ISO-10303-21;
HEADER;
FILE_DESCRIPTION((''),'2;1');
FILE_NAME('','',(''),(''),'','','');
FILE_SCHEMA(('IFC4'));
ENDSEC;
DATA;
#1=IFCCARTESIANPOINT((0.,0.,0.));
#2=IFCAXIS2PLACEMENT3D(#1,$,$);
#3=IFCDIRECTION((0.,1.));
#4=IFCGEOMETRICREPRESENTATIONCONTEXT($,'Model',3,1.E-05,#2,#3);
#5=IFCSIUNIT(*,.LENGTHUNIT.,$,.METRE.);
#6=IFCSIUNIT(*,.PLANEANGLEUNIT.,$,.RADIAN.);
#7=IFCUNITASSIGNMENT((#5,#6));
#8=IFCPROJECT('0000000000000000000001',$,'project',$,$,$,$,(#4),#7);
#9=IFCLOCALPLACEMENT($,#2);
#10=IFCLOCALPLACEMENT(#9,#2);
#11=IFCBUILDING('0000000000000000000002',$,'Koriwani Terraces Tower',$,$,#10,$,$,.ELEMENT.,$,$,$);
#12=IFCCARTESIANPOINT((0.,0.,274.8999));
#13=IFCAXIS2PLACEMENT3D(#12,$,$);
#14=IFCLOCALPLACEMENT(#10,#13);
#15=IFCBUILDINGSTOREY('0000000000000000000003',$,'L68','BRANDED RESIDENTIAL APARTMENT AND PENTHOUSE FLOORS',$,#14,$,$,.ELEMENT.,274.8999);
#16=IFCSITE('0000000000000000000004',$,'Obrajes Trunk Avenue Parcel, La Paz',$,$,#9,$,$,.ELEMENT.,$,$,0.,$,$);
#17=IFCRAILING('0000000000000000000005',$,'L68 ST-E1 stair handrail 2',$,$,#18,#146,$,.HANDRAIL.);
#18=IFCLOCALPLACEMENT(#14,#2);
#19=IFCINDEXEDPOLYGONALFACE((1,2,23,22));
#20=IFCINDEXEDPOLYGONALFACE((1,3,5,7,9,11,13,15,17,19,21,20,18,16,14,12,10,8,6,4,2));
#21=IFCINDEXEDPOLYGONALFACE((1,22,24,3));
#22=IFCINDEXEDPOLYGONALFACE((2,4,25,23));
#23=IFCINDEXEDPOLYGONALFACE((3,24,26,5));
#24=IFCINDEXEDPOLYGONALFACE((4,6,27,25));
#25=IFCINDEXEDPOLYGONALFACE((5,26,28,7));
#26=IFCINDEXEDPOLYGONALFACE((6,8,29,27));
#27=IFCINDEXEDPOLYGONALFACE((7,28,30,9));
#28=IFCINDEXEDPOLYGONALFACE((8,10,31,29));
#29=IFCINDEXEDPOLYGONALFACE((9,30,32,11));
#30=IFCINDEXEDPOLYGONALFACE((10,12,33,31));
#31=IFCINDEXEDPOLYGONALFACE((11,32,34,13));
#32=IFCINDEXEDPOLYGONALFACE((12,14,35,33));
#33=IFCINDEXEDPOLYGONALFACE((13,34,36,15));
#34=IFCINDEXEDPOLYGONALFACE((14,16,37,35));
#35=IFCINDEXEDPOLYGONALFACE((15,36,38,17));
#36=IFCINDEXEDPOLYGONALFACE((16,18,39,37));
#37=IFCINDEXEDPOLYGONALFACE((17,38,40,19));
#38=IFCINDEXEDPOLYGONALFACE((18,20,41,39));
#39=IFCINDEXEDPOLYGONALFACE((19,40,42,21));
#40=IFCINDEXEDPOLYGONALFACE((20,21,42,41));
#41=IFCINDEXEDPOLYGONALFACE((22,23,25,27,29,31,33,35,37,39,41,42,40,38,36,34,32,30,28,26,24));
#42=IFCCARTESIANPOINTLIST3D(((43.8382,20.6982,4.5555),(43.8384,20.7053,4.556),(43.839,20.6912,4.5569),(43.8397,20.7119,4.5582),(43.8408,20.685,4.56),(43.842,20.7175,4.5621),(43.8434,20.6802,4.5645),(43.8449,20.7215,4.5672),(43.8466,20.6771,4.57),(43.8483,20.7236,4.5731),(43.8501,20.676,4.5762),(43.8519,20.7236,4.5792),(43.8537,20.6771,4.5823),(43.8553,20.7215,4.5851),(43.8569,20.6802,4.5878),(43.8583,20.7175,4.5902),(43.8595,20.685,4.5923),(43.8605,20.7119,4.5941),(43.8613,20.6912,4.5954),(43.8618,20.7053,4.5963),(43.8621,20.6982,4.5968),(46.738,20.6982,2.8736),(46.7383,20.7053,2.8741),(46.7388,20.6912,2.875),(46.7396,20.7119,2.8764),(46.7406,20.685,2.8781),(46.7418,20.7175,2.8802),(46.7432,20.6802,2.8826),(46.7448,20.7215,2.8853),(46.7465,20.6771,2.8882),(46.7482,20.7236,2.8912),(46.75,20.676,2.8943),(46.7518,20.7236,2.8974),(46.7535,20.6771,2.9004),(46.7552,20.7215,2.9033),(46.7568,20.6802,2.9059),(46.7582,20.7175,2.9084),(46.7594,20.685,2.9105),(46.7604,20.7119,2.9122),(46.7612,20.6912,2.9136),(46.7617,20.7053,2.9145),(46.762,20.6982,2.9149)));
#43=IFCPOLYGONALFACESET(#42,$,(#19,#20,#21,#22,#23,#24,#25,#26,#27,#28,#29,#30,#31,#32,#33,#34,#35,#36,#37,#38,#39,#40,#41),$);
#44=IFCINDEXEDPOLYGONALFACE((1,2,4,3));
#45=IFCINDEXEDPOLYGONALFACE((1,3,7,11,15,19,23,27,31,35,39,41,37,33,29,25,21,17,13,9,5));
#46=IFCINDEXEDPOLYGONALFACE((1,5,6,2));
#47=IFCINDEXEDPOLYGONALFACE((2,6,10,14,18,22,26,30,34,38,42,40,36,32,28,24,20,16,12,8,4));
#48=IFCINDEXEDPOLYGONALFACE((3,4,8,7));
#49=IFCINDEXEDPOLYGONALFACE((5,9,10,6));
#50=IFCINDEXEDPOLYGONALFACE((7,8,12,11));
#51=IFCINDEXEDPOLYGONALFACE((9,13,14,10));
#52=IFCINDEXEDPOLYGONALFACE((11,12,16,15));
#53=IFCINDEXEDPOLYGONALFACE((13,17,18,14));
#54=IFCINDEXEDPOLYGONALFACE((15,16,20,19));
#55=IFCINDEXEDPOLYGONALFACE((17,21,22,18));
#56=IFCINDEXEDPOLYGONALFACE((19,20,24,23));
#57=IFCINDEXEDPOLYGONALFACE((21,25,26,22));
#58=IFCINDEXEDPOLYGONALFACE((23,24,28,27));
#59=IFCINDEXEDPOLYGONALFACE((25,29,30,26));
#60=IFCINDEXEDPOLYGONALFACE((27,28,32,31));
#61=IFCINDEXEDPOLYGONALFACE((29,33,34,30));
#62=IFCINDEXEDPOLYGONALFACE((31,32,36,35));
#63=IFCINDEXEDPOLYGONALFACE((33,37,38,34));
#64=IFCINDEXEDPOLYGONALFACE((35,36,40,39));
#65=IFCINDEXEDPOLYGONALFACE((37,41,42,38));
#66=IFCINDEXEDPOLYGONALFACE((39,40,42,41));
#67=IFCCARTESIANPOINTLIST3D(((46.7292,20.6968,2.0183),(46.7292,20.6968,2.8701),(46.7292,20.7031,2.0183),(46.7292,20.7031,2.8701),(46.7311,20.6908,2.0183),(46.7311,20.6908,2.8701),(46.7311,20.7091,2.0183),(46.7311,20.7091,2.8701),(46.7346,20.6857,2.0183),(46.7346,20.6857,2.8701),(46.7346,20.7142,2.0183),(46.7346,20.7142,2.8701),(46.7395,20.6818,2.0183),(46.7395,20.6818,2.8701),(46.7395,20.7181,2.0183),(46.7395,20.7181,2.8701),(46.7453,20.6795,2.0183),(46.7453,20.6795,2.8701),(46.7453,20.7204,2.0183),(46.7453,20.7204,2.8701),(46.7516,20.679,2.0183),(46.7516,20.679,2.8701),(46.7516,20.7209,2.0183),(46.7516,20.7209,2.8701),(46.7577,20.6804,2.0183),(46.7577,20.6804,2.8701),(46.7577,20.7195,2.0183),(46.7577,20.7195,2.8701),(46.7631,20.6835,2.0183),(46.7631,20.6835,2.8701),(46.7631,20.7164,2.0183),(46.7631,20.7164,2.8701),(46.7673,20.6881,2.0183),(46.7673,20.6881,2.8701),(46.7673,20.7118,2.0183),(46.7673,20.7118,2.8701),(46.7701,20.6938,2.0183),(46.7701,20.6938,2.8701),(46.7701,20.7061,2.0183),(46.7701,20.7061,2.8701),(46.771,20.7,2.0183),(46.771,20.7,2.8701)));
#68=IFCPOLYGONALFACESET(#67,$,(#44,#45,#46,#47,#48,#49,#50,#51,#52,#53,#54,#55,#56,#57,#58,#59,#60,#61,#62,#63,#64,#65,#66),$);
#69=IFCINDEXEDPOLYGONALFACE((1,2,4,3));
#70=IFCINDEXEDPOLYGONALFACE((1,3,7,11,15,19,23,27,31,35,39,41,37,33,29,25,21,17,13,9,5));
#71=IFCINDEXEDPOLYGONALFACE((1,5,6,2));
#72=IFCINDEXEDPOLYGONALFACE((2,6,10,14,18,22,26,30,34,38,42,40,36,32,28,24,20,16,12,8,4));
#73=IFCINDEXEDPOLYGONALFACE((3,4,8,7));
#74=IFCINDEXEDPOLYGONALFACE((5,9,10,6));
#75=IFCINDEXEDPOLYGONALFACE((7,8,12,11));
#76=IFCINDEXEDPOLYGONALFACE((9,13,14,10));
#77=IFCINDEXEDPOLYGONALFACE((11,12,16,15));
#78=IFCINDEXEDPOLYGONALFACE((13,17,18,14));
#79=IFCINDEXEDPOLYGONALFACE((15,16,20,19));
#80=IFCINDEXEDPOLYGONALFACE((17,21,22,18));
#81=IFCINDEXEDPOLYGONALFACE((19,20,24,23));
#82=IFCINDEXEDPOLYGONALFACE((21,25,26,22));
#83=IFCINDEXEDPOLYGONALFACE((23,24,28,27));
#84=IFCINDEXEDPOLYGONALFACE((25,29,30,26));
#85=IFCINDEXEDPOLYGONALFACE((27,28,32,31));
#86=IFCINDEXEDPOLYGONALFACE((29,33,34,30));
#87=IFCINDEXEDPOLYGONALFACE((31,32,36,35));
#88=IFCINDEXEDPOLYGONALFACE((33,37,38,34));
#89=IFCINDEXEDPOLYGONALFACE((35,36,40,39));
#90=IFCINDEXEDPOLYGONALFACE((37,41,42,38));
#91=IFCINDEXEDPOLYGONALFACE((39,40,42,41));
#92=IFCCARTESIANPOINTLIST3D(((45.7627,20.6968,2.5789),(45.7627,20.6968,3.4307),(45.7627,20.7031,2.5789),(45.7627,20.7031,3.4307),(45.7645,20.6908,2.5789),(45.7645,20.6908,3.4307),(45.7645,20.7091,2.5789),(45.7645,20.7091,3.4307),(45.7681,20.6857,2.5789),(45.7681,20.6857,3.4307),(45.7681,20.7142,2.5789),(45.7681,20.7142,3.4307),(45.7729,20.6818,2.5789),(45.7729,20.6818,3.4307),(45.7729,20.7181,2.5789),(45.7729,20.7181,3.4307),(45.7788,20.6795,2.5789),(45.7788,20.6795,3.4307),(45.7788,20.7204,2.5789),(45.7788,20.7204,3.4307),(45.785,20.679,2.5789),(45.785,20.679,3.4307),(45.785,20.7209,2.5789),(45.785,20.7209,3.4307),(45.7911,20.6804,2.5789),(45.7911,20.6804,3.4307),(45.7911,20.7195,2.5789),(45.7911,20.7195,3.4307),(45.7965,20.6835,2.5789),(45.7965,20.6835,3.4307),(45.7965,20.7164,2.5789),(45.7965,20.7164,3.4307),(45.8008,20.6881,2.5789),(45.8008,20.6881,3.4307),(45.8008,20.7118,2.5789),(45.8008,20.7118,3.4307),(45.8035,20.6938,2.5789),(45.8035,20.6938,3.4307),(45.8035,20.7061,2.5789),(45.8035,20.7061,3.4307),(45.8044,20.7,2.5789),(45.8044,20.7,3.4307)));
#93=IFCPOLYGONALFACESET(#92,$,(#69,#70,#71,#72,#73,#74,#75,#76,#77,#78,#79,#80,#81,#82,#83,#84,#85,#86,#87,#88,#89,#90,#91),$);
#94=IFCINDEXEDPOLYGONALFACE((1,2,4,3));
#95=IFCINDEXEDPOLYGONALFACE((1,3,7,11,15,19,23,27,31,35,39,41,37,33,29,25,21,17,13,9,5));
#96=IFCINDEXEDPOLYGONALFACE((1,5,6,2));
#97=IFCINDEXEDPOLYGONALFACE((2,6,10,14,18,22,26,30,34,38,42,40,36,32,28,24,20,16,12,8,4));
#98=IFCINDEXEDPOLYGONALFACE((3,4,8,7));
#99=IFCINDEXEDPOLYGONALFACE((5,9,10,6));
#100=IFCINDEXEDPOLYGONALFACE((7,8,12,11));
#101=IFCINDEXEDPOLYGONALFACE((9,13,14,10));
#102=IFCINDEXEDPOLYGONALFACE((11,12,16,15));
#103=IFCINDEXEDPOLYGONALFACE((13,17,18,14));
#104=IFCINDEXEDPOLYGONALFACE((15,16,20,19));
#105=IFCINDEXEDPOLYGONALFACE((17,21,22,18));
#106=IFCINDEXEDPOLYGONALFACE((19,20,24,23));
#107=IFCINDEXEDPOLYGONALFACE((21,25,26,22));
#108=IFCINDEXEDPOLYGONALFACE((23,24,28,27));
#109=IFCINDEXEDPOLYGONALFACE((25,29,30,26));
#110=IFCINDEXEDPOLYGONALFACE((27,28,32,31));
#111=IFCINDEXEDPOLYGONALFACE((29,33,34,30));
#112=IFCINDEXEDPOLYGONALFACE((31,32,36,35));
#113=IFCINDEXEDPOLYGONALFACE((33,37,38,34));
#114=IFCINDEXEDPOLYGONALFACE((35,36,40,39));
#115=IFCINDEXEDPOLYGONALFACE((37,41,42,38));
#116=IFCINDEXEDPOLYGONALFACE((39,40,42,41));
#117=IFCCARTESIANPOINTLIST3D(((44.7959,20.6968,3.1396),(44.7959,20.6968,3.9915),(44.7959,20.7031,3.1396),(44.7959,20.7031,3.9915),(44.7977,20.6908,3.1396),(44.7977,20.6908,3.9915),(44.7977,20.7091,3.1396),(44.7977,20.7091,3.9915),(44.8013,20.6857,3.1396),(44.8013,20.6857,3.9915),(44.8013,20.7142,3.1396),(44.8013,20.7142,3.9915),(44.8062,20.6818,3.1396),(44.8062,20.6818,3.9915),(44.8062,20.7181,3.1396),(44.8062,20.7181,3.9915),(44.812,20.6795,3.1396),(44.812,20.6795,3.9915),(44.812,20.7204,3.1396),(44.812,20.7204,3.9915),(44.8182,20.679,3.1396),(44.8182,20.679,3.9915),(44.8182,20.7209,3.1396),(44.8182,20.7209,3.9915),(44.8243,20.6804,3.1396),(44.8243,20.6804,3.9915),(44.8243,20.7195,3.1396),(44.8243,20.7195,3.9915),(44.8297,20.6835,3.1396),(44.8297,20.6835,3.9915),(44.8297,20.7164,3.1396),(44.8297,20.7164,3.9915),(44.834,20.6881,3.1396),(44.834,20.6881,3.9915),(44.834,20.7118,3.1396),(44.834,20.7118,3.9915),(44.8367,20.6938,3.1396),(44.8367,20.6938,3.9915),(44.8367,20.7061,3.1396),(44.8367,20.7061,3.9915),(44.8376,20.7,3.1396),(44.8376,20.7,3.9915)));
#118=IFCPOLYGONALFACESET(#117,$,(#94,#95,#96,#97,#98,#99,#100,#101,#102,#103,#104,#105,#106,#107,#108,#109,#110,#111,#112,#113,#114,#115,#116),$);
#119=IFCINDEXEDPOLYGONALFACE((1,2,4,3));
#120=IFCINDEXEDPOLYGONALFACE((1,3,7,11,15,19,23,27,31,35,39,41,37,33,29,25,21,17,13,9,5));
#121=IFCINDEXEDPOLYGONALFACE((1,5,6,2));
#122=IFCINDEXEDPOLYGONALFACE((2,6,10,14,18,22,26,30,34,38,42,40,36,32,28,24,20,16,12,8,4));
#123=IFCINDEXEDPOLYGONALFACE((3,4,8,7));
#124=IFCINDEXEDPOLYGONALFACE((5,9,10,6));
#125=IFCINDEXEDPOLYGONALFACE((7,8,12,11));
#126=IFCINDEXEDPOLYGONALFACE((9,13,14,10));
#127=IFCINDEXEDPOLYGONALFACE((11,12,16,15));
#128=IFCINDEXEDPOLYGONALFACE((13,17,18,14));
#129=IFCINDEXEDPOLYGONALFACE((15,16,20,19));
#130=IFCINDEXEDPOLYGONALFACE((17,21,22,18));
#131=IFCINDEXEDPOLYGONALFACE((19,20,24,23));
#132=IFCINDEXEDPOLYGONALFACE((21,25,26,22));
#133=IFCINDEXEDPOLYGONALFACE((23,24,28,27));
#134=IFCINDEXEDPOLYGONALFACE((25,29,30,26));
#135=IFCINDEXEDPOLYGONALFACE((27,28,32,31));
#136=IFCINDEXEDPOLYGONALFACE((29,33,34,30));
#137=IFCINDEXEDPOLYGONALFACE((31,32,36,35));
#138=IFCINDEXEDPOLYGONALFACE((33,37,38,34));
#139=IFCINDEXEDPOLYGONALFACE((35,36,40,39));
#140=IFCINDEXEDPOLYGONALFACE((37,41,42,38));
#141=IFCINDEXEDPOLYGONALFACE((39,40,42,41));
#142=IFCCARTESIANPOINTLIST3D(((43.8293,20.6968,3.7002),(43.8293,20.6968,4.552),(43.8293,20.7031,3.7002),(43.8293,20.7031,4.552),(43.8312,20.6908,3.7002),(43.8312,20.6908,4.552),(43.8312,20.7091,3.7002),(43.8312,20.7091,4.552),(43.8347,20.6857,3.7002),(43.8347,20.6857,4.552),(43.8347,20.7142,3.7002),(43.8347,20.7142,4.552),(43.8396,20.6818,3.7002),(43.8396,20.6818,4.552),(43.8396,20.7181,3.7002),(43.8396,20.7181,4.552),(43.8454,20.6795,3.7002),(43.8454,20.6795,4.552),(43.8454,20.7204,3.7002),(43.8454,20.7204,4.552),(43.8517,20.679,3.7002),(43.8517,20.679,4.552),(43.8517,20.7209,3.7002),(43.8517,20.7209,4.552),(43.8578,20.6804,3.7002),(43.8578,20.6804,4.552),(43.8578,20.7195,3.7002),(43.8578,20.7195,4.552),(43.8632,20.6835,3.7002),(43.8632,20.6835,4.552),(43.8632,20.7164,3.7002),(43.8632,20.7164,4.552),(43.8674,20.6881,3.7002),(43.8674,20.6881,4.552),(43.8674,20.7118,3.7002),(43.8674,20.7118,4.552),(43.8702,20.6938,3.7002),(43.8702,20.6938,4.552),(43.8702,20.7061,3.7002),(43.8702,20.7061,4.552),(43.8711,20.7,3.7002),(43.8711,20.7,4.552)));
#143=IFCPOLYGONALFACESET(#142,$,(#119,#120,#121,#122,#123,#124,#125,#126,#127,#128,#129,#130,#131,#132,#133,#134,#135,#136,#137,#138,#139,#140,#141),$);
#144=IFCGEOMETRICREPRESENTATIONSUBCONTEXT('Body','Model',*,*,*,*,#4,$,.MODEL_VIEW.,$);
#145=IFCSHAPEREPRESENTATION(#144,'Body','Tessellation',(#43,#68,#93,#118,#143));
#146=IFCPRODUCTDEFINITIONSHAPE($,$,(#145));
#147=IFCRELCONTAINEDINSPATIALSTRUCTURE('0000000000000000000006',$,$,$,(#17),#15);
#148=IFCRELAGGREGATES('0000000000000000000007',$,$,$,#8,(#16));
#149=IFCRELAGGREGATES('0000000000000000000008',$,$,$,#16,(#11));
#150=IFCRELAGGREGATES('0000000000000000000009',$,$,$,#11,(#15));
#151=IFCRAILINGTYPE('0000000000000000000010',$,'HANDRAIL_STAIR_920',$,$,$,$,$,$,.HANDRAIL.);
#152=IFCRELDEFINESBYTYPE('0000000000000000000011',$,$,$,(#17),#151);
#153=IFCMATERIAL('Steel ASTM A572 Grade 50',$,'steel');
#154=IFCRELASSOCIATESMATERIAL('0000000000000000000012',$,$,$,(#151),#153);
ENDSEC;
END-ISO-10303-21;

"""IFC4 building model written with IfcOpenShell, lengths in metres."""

from ifc_helpers import new_model, si_unit, direction, frame, origin, origin_2d, place, context, subcontext, project, spatial, circle, extrude, material, type_object, element, save


model = new_model("IFC4")

# Units and contexts
model_context = context("Model", 3, precision=1e-05, world=origin(), true_north=direction((0.0, 1.0)))
body_context = subcontext(model_context, "Body", "Model", "MODEL_VIEW")
ifc_project = project(units=[si_unit("LENGTHUNIT", "METRE"), si_unit("PLANEANGLEUNIT", "RADIAN")], contexts=[model_context])

# Site, building, storey
site_placement = place(None, origin())
site = spatial("IfcSite", under=ifc_project, at=site_placement, Name="Obrajes Trunk Avenue Parcel, La Paz", CompositionType="ELEMENT", RefElevation=0.0)
building_placement = place(site_placement, origin())
building = spatial("IfcBuilding", under=site, at=building_placement, Name="Koriwani Terraces Tower", CompositionType="ELEMENT")
storey_placement = place(building_placement, frame((0.0, 0.0, 274.8999)))
storey = spatial("IfcBuildingStorey", under=building, at=storey_placement, Name="L68", Description="BRANDED RESIDENTIAL APARTMENT AND PENTHOUSE FLOORS", CompositionType="ELEMENT", Elevation=274.8999)

# Shared definitions
ifc_material_1 = material(Name="Steel ASTM A572 Grade 50", Category="steel")

# Railing
railing_type = type_object("IfcRailingType", Name="HANDRAIL_STAIR_920", PredefinedType="HANDRAIL", material=ifc_material_1)
railing_placement = place(storey_placement, frame((46.75, 20.7, 2.0183)))
element("IfcRailing", 1, at=railing_placement, inside=storey, type_object=railing_type, Name="L68 ST-E1 stair handrail 2", PredefinedType="HANDRAIL", context=body_context, shape_type="SweptSolid", body=[
    extrude(circle(Radius=0.0239, at=origin_2d()), frame((0.0, 0.0, 0.876), z_axis=(-0.865039, 0.0, 0.501705), x_axis=(0.0, -1.0, 0.0)), (0.0, 0.0, 1.0), 3.3523),
    extrude(circle(Radius=0.021, at=origin_2d()), origin(), (0.0, 0.0, 1.0), 0.8518),
    extrude(circle(Radius=0.021, at=origin_2d()), frame((-0.9666, 0.0, 0.5605)), (0.0, 0.0, 1.0), 0.8518),
    extrude(circle(Radius=0.021, at=origin_2d()), frame((-1.9333, 0.0, 1.1213)), (0.0, 0.0, 1.0), 0.8518),
    extrude(circle(Radius=0.021, at=origin_2d()), frame((-2.8999, 0.0, 1.6819)), (0.0, 0.0, 1.0), 0.8518),
])

save(model, "model.ifc")
